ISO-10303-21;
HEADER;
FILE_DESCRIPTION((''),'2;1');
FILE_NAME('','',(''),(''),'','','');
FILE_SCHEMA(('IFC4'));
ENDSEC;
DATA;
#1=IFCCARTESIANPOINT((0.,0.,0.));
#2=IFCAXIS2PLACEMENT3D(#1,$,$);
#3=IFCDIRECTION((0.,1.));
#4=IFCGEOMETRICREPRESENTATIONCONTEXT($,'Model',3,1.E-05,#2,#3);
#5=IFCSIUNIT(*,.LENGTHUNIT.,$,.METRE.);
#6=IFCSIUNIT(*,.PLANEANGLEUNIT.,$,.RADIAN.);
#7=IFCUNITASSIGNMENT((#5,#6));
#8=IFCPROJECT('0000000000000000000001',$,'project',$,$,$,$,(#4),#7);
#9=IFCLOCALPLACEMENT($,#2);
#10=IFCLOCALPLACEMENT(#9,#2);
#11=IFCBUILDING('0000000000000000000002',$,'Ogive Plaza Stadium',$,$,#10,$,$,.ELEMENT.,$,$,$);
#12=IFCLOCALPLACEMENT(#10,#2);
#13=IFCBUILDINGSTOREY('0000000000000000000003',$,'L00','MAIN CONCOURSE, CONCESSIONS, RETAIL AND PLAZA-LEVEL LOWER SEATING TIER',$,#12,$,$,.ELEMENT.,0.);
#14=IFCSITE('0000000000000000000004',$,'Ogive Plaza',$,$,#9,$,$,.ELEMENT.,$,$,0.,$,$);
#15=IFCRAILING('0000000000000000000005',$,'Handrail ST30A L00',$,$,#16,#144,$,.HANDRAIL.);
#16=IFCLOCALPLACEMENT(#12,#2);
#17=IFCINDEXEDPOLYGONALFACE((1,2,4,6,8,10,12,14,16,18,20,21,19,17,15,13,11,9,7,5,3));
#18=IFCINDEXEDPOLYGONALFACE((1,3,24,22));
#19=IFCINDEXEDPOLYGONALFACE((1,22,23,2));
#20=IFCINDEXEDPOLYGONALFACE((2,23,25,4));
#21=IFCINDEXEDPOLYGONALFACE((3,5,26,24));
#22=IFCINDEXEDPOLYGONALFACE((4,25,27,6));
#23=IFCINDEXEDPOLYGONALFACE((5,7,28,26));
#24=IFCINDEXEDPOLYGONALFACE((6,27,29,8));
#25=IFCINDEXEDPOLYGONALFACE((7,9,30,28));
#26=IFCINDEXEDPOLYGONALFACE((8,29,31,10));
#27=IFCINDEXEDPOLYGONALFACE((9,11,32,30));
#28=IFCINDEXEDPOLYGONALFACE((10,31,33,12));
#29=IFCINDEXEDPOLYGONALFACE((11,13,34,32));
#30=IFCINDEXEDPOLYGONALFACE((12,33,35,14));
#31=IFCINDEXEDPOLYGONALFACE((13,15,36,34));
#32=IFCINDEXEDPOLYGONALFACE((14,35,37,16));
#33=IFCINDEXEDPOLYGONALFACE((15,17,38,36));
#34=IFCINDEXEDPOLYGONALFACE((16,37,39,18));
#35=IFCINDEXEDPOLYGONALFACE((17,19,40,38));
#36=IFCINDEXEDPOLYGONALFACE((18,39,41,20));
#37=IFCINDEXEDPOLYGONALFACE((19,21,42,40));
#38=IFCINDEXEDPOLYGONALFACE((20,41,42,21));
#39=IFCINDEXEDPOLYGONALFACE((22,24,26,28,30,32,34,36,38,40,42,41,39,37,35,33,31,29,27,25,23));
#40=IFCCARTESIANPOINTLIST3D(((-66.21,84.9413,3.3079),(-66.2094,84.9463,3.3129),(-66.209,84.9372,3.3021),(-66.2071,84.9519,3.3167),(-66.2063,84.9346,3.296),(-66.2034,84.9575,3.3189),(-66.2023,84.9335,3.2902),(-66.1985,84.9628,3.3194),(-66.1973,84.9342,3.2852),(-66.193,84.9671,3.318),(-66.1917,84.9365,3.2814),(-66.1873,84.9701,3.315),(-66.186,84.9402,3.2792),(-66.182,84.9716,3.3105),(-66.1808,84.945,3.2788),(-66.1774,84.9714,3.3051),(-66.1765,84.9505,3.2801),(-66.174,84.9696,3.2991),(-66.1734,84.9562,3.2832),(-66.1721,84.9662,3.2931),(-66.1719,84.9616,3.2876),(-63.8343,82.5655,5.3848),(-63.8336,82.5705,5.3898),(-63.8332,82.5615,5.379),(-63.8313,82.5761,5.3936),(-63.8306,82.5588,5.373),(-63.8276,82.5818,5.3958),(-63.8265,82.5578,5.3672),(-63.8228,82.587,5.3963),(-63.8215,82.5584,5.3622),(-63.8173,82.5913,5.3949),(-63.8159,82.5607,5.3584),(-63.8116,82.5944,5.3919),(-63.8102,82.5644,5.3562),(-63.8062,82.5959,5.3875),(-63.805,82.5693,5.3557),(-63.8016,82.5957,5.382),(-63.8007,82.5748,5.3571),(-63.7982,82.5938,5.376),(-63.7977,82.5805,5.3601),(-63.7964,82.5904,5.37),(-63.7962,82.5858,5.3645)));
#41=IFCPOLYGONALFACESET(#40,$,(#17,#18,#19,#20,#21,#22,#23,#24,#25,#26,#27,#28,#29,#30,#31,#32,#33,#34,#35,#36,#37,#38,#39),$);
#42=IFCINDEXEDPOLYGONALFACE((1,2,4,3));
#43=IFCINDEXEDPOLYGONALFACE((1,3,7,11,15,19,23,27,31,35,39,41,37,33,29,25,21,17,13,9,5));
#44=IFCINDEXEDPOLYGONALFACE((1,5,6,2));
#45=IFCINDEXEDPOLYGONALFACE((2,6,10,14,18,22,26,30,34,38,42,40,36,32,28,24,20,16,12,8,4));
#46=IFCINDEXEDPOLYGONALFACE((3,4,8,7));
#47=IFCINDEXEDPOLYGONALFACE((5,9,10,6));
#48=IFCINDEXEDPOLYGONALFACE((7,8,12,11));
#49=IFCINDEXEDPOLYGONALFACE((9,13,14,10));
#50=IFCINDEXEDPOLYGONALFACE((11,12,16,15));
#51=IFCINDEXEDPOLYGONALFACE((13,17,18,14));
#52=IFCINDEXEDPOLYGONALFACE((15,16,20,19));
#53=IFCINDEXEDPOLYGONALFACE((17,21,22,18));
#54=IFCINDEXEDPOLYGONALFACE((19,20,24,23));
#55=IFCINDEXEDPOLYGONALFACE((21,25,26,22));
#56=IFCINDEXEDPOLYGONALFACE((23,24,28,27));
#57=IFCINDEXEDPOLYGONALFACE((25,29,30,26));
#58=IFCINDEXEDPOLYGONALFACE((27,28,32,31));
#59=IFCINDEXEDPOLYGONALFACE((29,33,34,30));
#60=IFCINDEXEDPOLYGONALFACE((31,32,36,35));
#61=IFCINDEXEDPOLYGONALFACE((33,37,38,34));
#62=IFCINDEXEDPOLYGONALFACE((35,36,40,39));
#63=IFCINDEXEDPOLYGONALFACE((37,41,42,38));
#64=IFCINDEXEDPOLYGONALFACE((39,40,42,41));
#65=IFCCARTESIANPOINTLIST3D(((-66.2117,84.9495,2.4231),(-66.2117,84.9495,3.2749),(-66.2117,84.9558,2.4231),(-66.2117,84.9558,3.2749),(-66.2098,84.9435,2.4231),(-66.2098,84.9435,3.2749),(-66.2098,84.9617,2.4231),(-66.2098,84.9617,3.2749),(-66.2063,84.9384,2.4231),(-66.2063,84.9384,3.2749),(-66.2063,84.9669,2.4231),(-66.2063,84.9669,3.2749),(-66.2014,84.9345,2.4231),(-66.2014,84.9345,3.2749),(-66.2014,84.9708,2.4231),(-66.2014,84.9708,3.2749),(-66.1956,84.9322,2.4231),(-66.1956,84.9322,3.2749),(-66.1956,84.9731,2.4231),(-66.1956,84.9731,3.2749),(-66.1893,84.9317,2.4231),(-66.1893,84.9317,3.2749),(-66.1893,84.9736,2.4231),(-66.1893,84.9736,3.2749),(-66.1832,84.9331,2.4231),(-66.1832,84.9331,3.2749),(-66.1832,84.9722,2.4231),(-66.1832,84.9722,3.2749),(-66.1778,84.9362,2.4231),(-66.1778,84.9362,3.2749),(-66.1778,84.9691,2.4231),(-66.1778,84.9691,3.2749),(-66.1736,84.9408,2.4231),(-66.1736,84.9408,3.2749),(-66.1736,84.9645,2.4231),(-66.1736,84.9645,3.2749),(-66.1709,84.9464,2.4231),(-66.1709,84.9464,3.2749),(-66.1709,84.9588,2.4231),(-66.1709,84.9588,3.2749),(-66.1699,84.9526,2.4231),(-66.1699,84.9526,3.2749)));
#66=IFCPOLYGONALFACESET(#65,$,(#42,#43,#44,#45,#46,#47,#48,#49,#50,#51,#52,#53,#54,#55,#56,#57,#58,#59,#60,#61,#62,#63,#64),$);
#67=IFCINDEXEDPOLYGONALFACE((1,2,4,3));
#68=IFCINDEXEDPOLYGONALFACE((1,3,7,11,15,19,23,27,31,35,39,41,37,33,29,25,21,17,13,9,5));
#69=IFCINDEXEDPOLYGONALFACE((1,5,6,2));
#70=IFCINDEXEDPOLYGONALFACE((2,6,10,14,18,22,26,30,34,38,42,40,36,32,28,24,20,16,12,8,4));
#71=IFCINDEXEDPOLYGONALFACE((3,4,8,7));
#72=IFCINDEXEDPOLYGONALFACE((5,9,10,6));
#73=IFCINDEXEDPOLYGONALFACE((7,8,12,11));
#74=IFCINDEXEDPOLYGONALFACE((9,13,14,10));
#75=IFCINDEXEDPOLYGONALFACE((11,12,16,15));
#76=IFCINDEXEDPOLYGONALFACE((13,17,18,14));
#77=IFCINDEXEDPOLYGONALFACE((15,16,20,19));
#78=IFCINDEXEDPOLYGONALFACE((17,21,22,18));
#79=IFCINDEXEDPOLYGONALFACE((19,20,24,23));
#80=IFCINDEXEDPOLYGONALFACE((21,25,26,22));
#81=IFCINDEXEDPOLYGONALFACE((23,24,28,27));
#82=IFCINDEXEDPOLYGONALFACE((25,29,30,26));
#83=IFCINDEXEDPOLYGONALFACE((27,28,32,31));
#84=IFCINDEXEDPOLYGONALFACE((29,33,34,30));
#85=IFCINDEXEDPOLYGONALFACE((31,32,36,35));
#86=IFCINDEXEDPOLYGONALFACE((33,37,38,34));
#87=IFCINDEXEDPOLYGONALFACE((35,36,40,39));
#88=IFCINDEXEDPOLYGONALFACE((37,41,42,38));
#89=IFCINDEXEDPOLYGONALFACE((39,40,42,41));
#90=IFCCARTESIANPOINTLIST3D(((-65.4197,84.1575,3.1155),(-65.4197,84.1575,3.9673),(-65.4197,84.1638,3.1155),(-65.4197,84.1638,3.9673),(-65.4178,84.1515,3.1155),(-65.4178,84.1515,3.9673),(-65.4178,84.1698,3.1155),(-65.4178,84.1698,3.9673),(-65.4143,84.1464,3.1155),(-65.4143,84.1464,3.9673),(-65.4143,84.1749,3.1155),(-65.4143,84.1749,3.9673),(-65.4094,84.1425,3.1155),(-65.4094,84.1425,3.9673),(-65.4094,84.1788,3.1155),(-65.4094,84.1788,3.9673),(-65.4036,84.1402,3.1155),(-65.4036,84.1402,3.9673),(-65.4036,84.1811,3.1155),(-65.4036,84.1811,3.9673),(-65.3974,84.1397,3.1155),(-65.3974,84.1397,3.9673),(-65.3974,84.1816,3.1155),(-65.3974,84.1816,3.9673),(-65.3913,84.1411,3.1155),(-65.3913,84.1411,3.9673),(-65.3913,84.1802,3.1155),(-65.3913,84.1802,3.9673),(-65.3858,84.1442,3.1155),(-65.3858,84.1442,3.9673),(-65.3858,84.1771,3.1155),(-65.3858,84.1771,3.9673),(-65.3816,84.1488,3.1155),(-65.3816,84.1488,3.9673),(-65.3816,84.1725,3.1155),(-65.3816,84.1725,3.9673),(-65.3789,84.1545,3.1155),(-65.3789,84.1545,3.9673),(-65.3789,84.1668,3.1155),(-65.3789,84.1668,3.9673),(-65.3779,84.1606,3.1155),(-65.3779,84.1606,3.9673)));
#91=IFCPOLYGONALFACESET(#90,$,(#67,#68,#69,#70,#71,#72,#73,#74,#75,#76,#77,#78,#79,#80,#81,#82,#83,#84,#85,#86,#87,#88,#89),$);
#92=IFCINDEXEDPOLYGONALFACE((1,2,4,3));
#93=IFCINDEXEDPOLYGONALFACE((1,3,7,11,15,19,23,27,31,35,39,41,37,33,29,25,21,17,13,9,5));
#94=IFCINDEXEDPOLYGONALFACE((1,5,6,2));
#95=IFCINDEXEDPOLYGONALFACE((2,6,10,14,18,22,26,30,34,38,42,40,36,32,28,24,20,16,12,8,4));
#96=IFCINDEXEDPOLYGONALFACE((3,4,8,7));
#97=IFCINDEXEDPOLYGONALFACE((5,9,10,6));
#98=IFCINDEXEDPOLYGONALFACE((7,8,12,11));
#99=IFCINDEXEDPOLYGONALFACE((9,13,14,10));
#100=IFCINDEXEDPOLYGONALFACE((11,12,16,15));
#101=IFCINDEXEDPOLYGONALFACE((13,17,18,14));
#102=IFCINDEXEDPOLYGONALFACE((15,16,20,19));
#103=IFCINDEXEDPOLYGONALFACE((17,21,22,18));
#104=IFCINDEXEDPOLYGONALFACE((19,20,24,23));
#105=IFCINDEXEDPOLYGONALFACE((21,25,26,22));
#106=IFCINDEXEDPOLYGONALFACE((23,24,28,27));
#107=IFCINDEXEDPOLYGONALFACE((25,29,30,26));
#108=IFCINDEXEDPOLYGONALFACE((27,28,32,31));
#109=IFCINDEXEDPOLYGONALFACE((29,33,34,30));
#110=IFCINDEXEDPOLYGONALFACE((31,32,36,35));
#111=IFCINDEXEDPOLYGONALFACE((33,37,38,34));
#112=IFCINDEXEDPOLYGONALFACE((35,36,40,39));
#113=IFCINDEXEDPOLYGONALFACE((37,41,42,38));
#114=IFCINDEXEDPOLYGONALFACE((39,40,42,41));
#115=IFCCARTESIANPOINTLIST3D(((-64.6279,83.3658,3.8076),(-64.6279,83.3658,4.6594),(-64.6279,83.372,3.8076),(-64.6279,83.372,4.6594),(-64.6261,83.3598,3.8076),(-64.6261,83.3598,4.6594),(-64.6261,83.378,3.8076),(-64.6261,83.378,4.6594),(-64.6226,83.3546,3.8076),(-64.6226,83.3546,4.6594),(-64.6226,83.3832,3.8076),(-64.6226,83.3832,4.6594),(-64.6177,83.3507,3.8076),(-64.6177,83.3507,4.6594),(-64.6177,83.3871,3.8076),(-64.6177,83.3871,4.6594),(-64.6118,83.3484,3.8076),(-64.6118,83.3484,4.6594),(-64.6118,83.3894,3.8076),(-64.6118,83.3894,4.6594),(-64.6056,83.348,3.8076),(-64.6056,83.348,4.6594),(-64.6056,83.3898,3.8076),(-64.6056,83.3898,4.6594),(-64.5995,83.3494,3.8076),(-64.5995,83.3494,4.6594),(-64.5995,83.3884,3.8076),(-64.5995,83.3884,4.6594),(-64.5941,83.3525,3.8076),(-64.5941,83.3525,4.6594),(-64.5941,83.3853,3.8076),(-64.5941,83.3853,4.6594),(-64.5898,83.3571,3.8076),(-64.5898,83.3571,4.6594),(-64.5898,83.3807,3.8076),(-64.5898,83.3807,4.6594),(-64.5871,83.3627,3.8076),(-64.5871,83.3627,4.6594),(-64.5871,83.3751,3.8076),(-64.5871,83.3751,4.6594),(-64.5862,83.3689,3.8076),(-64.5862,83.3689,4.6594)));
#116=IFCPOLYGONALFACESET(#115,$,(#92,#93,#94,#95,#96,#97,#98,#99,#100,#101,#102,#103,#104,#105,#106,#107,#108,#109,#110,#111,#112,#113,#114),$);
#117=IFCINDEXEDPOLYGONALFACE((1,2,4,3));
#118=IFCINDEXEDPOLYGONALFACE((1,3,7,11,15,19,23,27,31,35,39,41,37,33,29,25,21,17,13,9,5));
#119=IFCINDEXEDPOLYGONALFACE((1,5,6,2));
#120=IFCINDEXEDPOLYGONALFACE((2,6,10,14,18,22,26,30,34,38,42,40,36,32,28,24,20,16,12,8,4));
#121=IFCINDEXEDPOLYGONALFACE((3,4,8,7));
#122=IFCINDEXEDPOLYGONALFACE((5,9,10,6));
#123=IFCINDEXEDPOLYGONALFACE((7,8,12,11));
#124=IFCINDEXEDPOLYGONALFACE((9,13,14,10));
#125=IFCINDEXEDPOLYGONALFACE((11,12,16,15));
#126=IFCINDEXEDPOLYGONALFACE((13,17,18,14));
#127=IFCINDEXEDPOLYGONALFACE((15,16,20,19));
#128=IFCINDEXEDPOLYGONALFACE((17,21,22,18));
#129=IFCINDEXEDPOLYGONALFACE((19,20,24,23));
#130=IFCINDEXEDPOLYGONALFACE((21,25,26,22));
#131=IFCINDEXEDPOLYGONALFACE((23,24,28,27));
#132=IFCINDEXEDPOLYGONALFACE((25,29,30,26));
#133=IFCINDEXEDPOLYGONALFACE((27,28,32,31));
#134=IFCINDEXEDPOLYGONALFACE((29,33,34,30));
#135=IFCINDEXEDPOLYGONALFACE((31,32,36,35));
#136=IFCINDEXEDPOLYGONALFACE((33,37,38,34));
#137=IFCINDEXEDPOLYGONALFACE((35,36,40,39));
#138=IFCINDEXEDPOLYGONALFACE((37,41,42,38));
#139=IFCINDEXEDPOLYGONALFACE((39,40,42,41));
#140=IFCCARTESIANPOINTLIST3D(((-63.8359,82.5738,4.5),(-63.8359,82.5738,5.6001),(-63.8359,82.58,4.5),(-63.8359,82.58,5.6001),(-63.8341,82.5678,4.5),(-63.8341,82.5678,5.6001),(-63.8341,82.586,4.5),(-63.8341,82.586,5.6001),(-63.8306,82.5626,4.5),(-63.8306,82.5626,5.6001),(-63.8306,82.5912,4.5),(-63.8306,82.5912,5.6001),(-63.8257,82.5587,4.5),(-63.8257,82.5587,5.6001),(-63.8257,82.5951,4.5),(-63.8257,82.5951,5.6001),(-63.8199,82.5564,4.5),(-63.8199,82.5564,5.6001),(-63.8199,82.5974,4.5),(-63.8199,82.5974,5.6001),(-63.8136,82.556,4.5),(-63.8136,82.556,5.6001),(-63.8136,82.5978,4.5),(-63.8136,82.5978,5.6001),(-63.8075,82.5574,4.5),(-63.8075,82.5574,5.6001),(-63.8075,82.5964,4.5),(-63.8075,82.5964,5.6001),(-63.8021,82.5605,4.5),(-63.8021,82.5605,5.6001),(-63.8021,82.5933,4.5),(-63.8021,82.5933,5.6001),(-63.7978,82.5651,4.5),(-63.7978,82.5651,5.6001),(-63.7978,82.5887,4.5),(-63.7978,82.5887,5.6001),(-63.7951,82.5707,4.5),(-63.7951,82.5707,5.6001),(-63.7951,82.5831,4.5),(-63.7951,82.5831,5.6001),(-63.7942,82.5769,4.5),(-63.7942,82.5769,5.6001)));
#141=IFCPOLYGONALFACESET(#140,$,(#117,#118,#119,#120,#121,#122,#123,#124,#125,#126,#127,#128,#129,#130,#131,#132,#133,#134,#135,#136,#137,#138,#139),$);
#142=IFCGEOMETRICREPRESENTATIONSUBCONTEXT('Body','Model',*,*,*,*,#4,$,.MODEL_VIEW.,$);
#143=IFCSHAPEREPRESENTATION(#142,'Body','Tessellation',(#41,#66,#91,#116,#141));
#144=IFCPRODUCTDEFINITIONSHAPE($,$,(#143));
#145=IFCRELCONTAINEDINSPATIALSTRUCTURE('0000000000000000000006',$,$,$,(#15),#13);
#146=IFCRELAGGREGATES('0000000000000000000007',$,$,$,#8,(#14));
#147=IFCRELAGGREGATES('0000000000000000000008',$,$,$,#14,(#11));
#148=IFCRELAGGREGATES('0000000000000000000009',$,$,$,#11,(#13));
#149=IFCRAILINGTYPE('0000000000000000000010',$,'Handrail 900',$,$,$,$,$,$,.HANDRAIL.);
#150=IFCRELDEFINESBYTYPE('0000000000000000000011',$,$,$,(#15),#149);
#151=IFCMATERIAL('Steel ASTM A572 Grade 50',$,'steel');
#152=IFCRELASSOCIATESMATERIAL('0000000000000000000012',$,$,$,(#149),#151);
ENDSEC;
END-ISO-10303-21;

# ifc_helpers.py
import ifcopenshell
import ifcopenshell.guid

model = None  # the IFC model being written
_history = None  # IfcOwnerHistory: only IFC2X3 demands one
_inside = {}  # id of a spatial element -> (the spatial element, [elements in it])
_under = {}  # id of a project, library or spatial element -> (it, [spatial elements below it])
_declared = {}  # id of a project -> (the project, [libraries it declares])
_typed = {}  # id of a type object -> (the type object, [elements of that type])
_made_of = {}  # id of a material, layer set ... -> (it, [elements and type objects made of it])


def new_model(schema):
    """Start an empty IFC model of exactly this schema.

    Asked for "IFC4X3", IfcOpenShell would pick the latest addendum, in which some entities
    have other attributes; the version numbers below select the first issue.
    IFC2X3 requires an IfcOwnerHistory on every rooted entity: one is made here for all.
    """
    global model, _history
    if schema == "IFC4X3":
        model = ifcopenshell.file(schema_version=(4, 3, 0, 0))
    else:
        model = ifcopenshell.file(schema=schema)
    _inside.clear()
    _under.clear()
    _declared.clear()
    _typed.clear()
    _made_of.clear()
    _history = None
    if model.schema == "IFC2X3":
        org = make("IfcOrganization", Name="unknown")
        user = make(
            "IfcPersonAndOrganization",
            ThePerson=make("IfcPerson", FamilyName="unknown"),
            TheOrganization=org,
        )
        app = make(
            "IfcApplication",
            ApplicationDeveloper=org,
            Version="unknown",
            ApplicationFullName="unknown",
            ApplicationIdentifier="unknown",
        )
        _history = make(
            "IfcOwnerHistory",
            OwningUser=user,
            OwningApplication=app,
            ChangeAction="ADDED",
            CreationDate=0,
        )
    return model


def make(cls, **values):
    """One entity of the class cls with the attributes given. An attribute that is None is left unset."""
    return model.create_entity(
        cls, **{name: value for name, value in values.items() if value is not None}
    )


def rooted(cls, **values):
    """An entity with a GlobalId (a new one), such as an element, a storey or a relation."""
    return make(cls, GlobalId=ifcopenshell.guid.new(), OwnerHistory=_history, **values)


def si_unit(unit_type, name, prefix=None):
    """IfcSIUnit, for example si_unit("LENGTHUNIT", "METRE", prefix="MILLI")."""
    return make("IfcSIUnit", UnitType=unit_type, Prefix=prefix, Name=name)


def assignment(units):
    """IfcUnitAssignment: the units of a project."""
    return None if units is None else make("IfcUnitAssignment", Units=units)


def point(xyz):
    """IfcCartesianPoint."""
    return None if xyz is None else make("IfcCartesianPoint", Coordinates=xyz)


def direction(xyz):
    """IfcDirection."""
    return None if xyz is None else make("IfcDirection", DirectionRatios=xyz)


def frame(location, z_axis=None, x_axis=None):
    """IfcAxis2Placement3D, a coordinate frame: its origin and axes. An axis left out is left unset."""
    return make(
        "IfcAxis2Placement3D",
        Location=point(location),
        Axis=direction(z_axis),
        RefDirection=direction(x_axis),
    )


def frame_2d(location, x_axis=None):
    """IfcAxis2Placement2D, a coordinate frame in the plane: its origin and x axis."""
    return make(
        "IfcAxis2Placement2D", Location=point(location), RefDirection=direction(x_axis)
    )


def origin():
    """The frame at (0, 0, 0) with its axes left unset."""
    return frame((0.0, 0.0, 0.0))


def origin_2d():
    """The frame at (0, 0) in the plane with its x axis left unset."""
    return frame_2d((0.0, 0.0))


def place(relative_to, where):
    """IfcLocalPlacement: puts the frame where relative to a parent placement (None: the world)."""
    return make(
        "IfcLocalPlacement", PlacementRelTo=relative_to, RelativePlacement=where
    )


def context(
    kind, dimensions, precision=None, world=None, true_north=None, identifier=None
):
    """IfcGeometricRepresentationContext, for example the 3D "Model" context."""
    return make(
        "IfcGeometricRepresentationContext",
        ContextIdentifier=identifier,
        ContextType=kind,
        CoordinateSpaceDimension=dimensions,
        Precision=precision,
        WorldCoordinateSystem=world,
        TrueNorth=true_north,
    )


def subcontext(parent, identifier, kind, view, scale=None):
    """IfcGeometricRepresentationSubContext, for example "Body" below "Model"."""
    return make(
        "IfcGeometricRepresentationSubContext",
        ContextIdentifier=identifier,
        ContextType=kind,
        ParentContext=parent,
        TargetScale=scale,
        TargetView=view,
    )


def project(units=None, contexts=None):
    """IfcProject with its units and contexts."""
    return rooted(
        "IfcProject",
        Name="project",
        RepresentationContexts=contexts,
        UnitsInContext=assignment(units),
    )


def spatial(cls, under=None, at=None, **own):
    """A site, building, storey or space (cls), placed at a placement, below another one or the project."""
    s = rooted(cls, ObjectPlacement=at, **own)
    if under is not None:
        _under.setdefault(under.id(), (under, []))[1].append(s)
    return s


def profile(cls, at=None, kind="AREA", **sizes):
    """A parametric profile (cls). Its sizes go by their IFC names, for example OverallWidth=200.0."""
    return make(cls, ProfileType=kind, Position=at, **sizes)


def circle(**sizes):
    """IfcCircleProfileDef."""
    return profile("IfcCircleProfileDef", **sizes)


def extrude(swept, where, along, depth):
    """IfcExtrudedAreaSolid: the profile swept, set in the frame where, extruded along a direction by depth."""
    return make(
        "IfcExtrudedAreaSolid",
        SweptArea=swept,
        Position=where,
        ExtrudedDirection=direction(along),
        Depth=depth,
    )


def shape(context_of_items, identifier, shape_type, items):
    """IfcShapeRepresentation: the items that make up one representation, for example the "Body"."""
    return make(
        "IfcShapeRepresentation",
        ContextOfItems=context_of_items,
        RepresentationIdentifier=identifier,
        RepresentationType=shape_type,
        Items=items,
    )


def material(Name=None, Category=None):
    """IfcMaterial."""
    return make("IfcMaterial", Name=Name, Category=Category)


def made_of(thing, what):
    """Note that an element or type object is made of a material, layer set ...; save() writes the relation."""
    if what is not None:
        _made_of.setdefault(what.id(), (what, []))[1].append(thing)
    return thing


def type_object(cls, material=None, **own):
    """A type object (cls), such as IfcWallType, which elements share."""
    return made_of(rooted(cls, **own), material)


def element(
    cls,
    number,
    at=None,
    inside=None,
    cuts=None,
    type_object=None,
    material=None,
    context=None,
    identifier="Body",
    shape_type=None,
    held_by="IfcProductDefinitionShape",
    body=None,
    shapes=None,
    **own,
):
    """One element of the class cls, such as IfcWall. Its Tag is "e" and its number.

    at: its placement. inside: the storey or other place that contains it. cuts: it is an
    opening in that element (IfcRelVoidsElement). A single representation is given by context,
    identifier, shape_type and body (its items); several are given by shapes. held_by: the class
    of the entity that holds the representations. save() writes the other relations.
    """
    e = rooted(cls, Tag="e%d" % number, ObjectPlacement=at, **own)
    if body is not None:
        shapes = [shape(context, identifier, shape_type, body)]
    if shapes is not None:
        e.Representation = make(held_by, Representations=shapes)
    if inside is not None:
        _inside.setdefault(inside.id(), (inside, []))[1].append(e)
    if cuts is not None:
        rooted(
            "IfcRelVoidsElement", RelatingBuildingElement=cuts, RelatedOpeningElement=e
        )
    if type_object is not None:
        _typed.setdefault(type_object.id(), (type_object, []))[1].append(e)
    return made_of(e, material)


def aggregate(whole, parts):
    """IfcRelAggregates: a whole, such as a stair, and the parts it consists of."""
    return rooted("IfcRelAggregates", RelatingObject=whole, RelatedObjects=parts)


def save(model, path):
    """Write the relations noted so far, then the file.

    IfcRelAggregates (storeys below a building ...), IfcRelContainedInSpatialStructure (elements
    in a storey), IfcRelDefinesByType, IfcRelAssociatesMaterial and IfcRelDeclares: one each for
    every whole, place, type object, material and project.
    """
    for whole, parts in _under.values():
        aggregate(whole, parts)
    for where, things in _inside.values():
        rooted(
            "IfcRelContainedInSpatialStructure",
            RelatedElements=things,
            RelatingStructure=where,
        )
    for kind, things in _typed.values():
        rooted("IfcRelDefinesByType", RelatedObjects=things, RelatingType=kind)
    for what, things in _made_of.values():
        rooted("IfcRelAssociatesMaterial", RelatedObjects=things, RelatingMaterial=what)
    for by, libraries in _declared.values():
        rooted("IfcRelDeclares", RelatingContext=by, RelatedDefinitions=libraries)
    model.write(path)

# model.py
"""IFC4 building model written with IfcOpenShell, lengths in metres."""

from ifc_helpers import new_model, si_unit, direction, frame, origin, origin_2d, place, context, subcontext, project, spatial, circle, extrude, material, type_object, element, save


model = new_model("IFC4")

# Units and contexts
model_context = context("Model", 3, precision=1e-05, world=origin(), true_north=direction((0.0, 1.0)))
body_context = subcontext(model_context, "Body", "Model", "MODEL_VIEW")
ifc_project = project(units=[si_unit("LENGTHUNIT", "METRE"), si_unit("PLANEANGLEUNIT", "RADIAN")], contexts=[model_context])

# Site, building, storey
site_placement = place(None, origin())
site = spatial("IfcSite", under=ifc_project, at=site_placement, Name="Ogive Plaza", CompositionType="ELEMENT", RefElevation=0.0)
building_placement = place(site_placement, origin())
building = spatial("IfcBuilding", under=site, at=building_placement, Name="Ogive Plaza Stadium", CompositionType="ELEMENT")
storey_placement = place(building_placement, origin())
storey = spatial("IfcBuildingStorey", under=building, at=storey_placement, Name="L00", Description="MAIN CONCOURSE, CONCESSIONS, RETAIL AND PLAZA-LEVEL LOWER SEATING TIER", CompositionType="ELEMENT", Elevation=0.0)

# Railing
ifc_material_1 = material(Name="Steel ASTM A572 Grade 50", Category="steel")
railing_type_1 = type_object("IfcRailingType", Name="Handrail 900", PredefinedType="HANDRAIL", material=ifc_material_1)
for number, where, name in (
    (1, (-66.1909, 84.9526, 2.4231), "Handrail ST30A L00"),
):
    element("IfcRailing", number, at=place(storey_placement, frame(where)), inside=storey, type_object=railing_type_1, Name=name, PredefinedType="HANDRAIL", context=body_context, shape_type="SweptSolid", body=[
        extrude(circle(Radius=0.0239, at=origin_2d()), frame((0.0, 0.0, 0.876), z_axis=(0.601466, -0.601466, 0.525811), x_axis=(0.707107, 0.707107, 0.0)), (0.0, 0.0, 1.0), 3.95),
        extrude(circle(Radius=0.021, at=origin_2d()), origin(), (0.0, 0.0, 1.0), 0.8518),
        extrude(circle(Radius=0.021, at=origin_2d()), frame((0.792, -0.792, 0.6924)), (0.0, 0.0, 1.0), 0.8518),
        extrude(circle(Radius=0.021, at=origin_2d()), frame((1.5837, -1.5837, 1.3845)), (0.0, 0.0, 1.0), 0.8518),
        extrude(circle(Radius=0.021, at=origin_2d()), frame((2.3757, -2.3757, 2.0769)), (0.0, 0.0, 1.0), 1.1001),
    ])

save(model, "model.ifc")
